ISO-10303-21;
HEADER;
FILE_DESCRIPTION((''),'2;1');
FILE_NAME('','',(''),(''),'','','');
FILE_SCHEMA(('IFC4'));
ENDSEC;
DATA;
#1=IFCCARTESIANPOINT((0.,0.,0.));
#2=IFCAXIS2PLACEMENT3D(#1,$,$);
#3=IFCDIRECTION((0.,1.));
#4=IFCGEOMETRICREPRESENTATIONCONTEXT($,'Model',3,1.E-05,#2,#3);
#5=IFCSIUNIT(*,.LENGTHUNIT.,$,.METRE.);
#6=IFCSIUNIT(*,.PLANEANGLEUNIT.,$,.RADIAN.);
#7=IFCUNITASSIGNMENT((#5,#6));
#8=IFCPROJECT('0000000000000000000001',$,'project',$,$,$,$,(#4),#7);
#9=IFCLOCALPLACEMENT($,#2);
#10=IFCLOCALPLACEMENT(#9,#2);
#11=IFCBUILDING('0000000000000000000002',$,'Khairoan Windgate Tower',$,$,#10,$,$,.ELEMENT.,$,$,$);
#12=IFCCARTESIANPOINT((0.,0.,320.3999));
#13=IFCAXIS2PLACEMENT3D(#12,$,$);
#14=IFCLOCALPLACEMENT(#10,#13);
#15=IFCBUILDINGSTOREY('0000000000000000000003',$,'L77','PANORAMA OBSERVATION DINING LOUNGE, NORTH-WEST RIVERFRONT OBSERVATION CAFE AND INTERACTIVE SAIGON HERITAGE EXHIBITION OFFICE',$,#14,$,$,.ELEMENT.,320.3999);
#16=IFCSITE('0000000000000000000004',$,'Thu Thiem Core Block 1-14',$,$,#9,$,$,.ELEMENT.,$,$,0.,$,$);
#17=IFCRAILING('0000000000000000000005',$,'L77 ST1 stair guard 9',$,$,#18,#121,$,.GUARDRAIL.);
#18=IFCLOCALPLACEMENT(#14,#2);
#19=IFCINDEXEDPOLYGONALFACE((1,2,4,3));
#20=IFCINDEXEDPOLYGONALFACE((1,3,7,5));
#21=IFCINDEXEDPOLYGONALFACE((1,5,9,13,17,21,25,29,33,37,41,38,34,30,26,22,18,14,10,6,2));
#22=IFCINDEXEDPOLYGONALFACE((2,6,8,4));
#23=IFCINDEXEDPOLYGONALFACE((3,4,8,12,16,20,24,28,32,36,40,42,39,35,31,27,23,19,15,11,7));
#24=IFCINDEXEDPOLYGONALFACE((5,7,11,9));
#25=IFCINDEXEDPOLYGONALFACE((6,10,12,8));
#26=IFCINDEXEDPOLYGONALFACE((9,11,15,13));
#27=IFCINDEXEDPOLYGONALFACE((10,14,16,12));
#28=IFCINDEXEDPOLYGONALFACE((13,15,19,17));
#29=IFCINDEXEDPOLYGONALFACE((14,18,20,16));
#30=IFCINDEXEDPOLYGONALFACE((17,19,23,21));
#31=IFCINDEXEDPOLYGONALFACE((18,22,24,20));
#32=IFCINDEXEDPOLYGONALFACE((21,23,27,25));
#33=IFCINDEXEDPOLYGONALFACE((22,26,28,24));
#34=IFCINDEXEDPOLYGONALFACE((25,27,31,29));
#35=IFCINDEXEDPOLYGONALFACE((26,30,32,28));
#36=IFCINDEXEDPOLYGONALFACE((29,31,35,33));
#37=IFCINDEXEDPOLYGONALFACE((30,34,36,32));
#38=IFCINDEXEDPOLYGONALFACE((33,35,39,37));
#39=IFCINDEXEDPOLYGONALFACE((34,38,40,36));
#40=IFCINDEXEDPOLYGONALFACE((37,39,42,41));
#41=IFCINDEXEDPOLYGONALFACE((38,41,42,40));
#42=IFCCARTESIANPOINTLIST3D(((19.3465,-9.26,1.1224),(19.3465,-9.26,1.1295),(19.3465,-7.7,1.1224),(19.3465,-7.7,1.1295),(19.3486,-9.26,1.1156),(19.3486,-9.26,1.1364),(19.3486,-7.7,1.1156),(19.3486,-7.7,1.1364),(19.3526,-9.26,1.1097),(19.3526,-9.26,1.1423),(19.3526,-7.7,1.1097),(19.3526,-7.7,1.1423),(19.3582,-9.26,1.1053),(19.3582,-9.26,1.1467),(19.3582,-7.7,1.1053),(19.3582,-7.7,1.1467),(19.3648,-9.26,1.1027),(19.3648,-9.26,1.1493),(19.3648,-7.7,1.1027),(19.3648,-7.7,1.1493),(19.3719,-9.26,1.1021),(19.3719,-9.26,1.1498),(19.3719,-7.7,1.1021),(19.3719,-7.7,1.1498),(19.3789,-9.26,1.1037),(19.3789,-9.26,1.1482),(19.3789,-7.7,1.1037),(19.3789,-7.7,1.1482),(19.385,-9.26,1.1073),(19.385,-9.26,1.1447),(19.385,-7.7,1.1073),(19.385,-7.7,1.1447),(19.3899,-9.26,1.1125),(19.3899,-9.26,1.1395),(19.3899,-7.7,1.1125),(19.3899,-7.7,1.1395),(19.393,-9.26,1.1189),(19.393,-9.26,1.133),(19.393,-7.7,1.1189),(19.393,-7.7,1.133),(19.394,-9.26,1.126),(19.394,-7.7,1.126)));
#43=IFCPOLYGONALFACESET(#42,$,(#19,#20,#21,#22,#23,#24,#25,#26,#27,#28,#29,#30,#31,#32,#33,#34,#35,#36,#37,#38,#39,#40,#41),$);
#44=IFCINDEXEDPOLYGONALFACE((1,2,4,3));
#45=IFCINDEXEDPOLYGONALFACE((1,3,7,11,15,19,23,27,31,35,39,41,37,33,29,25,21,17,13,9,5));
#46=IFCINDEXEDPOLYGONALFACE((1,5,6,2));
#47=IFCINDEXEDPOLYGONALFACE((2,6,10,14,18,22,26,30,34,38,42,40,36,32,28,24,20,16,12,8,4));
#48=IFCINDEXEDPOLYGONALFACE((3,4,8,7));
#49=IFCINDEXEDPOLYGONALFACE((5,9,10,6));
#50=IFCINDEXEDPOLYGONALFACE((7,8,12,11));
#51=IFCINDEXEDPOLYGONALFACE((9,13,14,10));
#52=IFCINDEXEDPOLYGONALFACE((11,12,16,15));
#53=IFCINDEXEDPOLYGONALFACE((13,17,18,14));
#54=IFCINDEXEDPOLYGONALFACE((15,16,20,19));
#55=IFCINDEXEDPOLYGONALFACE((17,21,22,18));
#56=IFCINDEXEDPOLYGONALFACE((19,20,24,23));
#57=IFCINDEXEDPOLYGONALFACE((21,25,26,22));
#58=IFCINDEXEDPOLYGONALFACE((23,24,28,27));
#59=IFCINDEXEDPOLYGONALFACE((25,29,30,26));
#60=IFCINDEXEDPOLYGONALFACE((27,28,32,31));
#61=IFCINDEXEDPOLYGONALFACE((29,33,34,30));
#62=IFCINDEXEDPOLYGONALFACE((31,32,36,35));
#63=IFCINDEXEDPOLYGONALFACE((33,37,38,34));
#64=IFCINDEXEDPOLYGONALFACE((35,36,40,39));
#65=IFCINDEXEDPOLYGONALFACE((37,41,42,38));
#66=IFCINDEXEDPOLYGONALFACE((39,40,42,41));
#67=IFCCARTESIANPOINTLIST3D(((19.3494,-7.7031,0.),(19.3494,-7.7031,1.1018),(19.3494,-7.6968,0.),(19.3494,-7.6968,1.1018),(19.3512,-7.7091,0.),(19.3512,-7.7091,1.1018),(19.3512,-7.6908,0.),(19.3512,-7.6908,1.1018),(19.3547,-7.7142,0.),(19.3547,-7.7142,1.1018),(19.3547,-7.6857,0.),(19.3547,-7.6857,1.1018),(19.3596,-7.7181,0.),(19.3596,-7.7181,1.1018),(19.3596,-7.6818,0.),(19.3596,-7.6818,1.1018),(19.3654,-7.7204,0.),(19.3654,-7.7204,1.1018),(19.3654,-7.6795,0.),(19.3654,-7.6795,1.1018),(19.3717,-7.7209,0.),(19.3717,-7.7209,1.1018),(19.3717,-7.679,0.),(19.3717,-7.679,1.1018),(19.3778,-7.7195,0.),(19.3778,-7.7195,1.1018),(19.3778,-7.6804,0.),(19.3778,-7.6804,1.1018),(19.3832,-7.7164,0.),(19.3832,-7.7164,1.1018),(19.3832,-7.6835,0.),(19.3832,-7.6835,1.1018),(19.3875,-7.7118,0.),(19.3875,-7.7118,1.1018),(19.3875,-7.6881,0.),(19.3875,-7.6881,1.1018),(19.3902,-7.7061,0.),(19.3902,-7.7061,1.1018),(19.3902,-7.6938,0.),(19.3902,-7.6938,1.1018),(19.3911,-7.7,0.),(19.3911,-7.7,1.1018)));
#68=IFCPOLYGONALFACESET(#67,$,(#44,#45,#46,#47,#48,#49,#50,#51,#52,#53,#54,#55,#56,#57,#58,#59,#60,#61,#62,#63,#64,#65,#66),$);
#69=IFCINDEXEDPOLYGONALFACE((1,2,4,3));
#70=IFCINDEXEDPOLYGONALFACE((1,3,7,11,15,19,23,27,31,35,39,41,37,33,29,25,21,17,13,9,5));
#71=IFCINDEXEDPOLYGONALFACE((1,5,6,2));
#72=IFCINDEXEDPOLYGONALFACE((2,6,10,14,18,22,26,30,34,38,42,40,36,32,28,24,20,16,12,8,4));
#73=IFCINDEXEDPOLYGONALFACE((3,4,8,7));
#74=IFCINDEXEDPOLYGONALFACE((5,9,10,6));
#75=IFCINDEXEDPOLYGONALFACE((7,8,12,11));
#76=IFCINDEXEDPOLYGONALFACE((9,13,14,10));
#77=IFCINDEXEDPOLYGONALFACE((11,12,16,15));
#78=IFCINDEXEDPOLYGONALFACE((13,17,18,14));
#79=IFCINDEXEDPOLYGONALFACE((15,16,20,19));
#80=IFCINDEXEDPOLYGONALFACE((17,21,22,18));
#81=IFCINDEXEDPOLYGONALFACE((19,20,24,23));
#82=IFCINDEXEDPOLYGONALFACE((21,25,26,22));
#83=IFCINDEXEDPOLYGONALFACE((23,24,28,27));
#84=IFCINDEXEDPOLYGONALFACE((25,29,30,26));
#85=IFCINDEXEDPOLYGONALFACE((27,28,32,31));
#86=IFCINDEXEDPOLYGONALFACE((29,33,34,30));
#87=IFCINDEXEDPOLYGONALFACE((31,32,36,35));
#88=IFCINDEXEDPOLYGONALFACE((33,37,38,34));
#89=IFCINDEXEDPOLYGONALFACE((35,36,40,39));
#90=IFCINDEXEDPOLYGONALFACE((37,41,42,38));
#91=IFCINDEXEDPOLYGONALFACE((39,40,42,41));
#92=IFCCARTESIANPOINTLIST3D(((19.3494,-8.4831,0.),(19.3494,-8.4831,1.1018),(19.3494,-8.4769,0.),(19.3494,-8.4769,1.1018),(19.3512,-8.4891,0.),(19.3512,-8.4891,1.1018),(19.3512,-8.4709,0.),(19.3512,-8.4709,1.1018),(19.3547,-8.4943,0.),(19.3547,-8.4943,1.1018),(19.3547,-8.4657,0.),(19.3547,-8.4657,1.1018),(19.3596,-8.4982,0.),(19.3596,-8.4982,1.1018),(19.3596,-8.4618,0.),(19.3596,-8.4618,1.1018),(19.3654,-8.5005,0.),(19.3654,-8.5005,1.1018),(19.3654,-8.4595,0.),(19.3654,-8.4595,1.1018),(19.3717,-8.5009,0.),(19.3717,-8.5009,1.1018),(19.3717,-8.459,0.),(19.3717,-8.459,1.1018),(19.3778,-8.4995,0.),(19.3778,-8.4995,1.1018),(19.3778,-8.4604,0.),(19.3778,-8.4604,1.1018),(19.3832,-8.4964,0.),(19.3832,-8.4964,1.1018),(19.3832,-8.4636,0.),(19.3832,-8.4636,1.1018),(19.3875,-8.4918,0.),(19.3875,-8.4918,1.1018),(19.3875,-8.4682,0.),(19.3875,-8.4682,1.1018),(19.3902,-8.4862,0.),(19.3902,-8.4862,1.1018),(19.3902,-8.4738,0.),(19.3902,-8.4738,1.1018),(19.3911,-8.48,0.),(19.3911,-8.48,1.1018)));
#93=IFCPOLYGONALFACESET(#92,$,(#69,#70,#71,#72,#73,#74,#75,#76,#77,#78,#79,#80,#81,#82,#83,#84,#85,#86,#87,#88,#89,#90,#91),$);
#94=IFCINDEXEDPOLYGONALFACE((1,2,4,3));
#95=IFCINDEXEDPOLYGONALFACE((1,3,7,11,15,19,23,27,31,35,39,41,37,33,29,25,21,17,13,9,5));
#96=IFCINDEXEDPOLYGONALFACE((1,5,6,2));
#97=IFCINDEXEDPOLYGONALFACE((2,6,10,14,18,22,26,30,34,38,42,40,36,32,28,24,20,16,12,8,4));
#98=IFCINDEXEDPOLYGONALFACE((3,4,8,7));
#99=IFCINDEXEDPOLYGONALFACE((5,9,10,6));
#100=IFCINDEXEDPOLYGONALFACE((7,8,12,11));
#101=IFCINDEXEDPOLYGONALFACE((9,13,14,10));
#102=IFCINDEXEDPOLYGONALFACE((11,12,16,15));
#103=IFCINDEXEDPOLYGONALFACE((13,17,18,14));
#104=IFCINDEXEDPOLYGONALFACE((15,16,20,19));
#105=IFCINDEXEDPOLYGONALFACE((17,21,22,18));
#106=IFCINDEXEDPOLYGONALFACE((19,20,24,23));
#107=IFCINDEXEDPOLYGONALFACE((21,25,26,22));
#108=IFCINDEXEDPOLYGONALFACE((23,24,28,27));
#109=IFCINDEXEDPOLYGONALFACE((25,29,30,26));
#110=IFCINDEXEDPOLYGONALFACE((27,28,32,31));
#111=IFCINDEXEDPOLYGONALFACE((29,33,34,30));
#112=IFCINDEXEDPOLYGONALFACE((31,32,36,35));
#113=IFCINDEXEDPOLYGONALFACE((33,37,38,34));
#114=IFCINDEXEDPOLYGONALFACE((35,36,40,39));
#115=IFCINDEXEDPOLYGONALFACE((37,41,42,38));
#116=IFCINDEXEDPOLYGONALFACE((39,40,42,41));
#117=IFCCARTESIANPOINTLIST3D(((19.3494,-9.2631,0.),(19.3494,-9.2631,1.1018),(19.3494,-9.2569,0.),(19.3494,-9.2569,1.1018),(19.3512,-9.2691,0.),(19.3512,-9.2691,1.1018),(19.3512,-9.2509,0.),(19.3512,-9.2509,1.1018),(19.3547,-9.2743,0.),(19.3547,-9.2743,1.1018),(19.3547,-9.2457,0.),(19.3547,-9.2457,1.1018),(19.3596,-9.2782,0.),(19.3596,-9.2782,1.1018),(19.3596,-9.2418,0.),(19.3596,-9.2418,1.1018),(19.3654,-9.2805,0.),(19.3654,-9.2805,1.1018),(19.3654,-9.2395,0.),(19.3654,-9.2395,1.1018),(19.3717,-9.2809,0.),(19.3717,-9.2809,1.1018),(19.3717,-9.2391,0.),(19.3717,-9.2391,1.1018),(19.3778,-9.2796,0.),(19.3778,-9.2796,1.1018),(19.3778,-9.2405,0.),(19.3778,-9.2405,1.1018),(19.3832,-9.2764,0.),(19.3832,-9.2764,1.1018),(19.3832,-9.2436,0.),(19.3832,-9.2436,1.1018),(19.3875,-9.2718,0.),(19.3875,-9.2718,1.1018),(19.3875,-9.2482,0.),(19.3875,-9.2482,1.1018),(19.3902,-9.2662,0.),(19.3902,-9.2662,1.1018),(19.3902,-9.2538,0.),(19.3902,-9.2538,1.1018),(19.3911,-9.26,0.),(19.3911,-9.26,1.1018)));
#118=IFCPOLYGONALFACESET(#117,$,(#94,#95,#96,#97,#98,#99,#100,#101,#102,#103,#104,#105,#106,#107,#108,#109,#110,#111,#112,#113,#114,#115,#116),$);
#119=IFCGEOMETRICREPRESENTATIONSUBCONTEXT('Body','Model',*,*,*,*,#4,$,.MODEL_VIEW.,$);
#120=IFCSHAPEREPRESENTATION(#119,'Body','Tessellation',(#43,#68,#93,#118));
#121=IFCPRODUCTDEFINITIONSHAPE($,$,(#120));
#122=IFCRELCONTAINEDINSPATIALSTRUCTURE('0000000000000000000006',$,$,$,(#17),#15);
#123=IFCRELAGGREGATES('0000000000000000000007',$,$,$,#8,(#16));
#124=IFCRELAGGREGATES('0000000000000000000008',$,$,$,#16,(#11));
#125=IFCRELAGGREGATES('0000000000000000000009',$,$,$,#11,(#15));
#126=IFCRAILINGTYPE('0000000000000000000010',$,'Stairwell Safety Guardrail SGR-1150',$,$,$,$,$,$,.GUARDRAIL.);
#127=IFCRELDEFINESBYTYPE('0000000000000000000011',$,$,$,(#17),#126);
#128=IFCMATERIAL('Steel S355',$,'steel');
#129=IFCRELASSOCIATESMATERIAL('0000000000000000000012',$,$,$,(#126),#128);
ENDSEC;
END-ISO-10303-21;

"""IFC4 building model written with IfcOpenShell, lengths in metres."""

from ifc_helpers import new_model, si_unit, direction, frame, origin, origin_2d, place, context, subcontext, project, spatial, circle, extrude, material, type_object, element, save


model = new_model("IFC4")

# Units and contexts
model_context = context("Model", 3, precision=1e-05, world=origin(), true_north=direction((0.0, 1.0)))
body_context = subcontext(model_context, "Body", "Model", "MODEL_VIEW")
ifc_project = project(units=[si_unit("LENGTHUNIT", "METRE"), si_unit("PLANEANGLEUNIT", "RADIAN")], contexts=[model_context])

# Site, building, storey
site_placement = place(None, origin())
site = spatial("IfcSite", under=ifc_project, at=site_placement, Name="Thu Thiem Core Block 1-14", CompositionType="ELEMENT", RefElevation=0.0)
building_placement = place(site_placement, origin())
building = spatial("IfcBuilding", under=site, at=building_placement, Name="Khairoan Windgate Tower", CompositionType="ELEMENT")
storey_placement = place(building_placement, frame((0.0, 0.0, 320.3999)))
storey = spatial("IfcBuildingStorey", under=building, at=storey_placement, Name="L77", Description="PANORAMA OBSERVATION DINING LOUNGE, NORTH-WEST RIVERFRONT OBSERVATION CAFE AND INTERACTIVE SAIGON HERITAGE EXHIBITION OFFICE", CompositionType="ELEMENT", Elevation=320.3999)

# Railing
ifc_material_1 = material(Name="Steel S355", Category="steel")
railing_type_1 = type_object("IfcRailingType", Name="Stairwell Safety Guardrail SGR-1150", PredefinedType="GUARDRAIL", material=ifc_material_1)
for number, where, name in (
    (1, (19.3701, -7.7, 0.0), "L77 ST1 stair guard 9"),
):
    element("IfcRailing", number, at=place(storey_placement, frame(where)), inside=storey, type_object=railing_type_1, Name=name, PredefinedType="GUARDRAIL", context=body_context, shape_type="SweptSolid", body=[
        extrude(circle(Radius=0.0239, at=origin_2d()), frame((0.0, 0.0, 1.126), z_axis=(0.0, -1.0, 0.0), x_axis=(1.0, 0.0, 0.0)), (0.0, 0.0, 1.0), 1.5601),
        extrude(circle(Radius=0.021, at=origin_2d()), origin(), (0.0, 0.0, 1.0), 1.1018),
        extrude(circle(Radius=0.021, at=origin_2d()), frame((0.0, -0.78, 0.0)), (0.0, 0.0, 1.0), 1.1018),
        extrude(circle(Radius=0.021, at=origin_2d()), frame((0.0, -1.5601, 0.0)), (0.0, 0.0, 1.0), 1.1018),
    ])

save(model, "model.ifc")
